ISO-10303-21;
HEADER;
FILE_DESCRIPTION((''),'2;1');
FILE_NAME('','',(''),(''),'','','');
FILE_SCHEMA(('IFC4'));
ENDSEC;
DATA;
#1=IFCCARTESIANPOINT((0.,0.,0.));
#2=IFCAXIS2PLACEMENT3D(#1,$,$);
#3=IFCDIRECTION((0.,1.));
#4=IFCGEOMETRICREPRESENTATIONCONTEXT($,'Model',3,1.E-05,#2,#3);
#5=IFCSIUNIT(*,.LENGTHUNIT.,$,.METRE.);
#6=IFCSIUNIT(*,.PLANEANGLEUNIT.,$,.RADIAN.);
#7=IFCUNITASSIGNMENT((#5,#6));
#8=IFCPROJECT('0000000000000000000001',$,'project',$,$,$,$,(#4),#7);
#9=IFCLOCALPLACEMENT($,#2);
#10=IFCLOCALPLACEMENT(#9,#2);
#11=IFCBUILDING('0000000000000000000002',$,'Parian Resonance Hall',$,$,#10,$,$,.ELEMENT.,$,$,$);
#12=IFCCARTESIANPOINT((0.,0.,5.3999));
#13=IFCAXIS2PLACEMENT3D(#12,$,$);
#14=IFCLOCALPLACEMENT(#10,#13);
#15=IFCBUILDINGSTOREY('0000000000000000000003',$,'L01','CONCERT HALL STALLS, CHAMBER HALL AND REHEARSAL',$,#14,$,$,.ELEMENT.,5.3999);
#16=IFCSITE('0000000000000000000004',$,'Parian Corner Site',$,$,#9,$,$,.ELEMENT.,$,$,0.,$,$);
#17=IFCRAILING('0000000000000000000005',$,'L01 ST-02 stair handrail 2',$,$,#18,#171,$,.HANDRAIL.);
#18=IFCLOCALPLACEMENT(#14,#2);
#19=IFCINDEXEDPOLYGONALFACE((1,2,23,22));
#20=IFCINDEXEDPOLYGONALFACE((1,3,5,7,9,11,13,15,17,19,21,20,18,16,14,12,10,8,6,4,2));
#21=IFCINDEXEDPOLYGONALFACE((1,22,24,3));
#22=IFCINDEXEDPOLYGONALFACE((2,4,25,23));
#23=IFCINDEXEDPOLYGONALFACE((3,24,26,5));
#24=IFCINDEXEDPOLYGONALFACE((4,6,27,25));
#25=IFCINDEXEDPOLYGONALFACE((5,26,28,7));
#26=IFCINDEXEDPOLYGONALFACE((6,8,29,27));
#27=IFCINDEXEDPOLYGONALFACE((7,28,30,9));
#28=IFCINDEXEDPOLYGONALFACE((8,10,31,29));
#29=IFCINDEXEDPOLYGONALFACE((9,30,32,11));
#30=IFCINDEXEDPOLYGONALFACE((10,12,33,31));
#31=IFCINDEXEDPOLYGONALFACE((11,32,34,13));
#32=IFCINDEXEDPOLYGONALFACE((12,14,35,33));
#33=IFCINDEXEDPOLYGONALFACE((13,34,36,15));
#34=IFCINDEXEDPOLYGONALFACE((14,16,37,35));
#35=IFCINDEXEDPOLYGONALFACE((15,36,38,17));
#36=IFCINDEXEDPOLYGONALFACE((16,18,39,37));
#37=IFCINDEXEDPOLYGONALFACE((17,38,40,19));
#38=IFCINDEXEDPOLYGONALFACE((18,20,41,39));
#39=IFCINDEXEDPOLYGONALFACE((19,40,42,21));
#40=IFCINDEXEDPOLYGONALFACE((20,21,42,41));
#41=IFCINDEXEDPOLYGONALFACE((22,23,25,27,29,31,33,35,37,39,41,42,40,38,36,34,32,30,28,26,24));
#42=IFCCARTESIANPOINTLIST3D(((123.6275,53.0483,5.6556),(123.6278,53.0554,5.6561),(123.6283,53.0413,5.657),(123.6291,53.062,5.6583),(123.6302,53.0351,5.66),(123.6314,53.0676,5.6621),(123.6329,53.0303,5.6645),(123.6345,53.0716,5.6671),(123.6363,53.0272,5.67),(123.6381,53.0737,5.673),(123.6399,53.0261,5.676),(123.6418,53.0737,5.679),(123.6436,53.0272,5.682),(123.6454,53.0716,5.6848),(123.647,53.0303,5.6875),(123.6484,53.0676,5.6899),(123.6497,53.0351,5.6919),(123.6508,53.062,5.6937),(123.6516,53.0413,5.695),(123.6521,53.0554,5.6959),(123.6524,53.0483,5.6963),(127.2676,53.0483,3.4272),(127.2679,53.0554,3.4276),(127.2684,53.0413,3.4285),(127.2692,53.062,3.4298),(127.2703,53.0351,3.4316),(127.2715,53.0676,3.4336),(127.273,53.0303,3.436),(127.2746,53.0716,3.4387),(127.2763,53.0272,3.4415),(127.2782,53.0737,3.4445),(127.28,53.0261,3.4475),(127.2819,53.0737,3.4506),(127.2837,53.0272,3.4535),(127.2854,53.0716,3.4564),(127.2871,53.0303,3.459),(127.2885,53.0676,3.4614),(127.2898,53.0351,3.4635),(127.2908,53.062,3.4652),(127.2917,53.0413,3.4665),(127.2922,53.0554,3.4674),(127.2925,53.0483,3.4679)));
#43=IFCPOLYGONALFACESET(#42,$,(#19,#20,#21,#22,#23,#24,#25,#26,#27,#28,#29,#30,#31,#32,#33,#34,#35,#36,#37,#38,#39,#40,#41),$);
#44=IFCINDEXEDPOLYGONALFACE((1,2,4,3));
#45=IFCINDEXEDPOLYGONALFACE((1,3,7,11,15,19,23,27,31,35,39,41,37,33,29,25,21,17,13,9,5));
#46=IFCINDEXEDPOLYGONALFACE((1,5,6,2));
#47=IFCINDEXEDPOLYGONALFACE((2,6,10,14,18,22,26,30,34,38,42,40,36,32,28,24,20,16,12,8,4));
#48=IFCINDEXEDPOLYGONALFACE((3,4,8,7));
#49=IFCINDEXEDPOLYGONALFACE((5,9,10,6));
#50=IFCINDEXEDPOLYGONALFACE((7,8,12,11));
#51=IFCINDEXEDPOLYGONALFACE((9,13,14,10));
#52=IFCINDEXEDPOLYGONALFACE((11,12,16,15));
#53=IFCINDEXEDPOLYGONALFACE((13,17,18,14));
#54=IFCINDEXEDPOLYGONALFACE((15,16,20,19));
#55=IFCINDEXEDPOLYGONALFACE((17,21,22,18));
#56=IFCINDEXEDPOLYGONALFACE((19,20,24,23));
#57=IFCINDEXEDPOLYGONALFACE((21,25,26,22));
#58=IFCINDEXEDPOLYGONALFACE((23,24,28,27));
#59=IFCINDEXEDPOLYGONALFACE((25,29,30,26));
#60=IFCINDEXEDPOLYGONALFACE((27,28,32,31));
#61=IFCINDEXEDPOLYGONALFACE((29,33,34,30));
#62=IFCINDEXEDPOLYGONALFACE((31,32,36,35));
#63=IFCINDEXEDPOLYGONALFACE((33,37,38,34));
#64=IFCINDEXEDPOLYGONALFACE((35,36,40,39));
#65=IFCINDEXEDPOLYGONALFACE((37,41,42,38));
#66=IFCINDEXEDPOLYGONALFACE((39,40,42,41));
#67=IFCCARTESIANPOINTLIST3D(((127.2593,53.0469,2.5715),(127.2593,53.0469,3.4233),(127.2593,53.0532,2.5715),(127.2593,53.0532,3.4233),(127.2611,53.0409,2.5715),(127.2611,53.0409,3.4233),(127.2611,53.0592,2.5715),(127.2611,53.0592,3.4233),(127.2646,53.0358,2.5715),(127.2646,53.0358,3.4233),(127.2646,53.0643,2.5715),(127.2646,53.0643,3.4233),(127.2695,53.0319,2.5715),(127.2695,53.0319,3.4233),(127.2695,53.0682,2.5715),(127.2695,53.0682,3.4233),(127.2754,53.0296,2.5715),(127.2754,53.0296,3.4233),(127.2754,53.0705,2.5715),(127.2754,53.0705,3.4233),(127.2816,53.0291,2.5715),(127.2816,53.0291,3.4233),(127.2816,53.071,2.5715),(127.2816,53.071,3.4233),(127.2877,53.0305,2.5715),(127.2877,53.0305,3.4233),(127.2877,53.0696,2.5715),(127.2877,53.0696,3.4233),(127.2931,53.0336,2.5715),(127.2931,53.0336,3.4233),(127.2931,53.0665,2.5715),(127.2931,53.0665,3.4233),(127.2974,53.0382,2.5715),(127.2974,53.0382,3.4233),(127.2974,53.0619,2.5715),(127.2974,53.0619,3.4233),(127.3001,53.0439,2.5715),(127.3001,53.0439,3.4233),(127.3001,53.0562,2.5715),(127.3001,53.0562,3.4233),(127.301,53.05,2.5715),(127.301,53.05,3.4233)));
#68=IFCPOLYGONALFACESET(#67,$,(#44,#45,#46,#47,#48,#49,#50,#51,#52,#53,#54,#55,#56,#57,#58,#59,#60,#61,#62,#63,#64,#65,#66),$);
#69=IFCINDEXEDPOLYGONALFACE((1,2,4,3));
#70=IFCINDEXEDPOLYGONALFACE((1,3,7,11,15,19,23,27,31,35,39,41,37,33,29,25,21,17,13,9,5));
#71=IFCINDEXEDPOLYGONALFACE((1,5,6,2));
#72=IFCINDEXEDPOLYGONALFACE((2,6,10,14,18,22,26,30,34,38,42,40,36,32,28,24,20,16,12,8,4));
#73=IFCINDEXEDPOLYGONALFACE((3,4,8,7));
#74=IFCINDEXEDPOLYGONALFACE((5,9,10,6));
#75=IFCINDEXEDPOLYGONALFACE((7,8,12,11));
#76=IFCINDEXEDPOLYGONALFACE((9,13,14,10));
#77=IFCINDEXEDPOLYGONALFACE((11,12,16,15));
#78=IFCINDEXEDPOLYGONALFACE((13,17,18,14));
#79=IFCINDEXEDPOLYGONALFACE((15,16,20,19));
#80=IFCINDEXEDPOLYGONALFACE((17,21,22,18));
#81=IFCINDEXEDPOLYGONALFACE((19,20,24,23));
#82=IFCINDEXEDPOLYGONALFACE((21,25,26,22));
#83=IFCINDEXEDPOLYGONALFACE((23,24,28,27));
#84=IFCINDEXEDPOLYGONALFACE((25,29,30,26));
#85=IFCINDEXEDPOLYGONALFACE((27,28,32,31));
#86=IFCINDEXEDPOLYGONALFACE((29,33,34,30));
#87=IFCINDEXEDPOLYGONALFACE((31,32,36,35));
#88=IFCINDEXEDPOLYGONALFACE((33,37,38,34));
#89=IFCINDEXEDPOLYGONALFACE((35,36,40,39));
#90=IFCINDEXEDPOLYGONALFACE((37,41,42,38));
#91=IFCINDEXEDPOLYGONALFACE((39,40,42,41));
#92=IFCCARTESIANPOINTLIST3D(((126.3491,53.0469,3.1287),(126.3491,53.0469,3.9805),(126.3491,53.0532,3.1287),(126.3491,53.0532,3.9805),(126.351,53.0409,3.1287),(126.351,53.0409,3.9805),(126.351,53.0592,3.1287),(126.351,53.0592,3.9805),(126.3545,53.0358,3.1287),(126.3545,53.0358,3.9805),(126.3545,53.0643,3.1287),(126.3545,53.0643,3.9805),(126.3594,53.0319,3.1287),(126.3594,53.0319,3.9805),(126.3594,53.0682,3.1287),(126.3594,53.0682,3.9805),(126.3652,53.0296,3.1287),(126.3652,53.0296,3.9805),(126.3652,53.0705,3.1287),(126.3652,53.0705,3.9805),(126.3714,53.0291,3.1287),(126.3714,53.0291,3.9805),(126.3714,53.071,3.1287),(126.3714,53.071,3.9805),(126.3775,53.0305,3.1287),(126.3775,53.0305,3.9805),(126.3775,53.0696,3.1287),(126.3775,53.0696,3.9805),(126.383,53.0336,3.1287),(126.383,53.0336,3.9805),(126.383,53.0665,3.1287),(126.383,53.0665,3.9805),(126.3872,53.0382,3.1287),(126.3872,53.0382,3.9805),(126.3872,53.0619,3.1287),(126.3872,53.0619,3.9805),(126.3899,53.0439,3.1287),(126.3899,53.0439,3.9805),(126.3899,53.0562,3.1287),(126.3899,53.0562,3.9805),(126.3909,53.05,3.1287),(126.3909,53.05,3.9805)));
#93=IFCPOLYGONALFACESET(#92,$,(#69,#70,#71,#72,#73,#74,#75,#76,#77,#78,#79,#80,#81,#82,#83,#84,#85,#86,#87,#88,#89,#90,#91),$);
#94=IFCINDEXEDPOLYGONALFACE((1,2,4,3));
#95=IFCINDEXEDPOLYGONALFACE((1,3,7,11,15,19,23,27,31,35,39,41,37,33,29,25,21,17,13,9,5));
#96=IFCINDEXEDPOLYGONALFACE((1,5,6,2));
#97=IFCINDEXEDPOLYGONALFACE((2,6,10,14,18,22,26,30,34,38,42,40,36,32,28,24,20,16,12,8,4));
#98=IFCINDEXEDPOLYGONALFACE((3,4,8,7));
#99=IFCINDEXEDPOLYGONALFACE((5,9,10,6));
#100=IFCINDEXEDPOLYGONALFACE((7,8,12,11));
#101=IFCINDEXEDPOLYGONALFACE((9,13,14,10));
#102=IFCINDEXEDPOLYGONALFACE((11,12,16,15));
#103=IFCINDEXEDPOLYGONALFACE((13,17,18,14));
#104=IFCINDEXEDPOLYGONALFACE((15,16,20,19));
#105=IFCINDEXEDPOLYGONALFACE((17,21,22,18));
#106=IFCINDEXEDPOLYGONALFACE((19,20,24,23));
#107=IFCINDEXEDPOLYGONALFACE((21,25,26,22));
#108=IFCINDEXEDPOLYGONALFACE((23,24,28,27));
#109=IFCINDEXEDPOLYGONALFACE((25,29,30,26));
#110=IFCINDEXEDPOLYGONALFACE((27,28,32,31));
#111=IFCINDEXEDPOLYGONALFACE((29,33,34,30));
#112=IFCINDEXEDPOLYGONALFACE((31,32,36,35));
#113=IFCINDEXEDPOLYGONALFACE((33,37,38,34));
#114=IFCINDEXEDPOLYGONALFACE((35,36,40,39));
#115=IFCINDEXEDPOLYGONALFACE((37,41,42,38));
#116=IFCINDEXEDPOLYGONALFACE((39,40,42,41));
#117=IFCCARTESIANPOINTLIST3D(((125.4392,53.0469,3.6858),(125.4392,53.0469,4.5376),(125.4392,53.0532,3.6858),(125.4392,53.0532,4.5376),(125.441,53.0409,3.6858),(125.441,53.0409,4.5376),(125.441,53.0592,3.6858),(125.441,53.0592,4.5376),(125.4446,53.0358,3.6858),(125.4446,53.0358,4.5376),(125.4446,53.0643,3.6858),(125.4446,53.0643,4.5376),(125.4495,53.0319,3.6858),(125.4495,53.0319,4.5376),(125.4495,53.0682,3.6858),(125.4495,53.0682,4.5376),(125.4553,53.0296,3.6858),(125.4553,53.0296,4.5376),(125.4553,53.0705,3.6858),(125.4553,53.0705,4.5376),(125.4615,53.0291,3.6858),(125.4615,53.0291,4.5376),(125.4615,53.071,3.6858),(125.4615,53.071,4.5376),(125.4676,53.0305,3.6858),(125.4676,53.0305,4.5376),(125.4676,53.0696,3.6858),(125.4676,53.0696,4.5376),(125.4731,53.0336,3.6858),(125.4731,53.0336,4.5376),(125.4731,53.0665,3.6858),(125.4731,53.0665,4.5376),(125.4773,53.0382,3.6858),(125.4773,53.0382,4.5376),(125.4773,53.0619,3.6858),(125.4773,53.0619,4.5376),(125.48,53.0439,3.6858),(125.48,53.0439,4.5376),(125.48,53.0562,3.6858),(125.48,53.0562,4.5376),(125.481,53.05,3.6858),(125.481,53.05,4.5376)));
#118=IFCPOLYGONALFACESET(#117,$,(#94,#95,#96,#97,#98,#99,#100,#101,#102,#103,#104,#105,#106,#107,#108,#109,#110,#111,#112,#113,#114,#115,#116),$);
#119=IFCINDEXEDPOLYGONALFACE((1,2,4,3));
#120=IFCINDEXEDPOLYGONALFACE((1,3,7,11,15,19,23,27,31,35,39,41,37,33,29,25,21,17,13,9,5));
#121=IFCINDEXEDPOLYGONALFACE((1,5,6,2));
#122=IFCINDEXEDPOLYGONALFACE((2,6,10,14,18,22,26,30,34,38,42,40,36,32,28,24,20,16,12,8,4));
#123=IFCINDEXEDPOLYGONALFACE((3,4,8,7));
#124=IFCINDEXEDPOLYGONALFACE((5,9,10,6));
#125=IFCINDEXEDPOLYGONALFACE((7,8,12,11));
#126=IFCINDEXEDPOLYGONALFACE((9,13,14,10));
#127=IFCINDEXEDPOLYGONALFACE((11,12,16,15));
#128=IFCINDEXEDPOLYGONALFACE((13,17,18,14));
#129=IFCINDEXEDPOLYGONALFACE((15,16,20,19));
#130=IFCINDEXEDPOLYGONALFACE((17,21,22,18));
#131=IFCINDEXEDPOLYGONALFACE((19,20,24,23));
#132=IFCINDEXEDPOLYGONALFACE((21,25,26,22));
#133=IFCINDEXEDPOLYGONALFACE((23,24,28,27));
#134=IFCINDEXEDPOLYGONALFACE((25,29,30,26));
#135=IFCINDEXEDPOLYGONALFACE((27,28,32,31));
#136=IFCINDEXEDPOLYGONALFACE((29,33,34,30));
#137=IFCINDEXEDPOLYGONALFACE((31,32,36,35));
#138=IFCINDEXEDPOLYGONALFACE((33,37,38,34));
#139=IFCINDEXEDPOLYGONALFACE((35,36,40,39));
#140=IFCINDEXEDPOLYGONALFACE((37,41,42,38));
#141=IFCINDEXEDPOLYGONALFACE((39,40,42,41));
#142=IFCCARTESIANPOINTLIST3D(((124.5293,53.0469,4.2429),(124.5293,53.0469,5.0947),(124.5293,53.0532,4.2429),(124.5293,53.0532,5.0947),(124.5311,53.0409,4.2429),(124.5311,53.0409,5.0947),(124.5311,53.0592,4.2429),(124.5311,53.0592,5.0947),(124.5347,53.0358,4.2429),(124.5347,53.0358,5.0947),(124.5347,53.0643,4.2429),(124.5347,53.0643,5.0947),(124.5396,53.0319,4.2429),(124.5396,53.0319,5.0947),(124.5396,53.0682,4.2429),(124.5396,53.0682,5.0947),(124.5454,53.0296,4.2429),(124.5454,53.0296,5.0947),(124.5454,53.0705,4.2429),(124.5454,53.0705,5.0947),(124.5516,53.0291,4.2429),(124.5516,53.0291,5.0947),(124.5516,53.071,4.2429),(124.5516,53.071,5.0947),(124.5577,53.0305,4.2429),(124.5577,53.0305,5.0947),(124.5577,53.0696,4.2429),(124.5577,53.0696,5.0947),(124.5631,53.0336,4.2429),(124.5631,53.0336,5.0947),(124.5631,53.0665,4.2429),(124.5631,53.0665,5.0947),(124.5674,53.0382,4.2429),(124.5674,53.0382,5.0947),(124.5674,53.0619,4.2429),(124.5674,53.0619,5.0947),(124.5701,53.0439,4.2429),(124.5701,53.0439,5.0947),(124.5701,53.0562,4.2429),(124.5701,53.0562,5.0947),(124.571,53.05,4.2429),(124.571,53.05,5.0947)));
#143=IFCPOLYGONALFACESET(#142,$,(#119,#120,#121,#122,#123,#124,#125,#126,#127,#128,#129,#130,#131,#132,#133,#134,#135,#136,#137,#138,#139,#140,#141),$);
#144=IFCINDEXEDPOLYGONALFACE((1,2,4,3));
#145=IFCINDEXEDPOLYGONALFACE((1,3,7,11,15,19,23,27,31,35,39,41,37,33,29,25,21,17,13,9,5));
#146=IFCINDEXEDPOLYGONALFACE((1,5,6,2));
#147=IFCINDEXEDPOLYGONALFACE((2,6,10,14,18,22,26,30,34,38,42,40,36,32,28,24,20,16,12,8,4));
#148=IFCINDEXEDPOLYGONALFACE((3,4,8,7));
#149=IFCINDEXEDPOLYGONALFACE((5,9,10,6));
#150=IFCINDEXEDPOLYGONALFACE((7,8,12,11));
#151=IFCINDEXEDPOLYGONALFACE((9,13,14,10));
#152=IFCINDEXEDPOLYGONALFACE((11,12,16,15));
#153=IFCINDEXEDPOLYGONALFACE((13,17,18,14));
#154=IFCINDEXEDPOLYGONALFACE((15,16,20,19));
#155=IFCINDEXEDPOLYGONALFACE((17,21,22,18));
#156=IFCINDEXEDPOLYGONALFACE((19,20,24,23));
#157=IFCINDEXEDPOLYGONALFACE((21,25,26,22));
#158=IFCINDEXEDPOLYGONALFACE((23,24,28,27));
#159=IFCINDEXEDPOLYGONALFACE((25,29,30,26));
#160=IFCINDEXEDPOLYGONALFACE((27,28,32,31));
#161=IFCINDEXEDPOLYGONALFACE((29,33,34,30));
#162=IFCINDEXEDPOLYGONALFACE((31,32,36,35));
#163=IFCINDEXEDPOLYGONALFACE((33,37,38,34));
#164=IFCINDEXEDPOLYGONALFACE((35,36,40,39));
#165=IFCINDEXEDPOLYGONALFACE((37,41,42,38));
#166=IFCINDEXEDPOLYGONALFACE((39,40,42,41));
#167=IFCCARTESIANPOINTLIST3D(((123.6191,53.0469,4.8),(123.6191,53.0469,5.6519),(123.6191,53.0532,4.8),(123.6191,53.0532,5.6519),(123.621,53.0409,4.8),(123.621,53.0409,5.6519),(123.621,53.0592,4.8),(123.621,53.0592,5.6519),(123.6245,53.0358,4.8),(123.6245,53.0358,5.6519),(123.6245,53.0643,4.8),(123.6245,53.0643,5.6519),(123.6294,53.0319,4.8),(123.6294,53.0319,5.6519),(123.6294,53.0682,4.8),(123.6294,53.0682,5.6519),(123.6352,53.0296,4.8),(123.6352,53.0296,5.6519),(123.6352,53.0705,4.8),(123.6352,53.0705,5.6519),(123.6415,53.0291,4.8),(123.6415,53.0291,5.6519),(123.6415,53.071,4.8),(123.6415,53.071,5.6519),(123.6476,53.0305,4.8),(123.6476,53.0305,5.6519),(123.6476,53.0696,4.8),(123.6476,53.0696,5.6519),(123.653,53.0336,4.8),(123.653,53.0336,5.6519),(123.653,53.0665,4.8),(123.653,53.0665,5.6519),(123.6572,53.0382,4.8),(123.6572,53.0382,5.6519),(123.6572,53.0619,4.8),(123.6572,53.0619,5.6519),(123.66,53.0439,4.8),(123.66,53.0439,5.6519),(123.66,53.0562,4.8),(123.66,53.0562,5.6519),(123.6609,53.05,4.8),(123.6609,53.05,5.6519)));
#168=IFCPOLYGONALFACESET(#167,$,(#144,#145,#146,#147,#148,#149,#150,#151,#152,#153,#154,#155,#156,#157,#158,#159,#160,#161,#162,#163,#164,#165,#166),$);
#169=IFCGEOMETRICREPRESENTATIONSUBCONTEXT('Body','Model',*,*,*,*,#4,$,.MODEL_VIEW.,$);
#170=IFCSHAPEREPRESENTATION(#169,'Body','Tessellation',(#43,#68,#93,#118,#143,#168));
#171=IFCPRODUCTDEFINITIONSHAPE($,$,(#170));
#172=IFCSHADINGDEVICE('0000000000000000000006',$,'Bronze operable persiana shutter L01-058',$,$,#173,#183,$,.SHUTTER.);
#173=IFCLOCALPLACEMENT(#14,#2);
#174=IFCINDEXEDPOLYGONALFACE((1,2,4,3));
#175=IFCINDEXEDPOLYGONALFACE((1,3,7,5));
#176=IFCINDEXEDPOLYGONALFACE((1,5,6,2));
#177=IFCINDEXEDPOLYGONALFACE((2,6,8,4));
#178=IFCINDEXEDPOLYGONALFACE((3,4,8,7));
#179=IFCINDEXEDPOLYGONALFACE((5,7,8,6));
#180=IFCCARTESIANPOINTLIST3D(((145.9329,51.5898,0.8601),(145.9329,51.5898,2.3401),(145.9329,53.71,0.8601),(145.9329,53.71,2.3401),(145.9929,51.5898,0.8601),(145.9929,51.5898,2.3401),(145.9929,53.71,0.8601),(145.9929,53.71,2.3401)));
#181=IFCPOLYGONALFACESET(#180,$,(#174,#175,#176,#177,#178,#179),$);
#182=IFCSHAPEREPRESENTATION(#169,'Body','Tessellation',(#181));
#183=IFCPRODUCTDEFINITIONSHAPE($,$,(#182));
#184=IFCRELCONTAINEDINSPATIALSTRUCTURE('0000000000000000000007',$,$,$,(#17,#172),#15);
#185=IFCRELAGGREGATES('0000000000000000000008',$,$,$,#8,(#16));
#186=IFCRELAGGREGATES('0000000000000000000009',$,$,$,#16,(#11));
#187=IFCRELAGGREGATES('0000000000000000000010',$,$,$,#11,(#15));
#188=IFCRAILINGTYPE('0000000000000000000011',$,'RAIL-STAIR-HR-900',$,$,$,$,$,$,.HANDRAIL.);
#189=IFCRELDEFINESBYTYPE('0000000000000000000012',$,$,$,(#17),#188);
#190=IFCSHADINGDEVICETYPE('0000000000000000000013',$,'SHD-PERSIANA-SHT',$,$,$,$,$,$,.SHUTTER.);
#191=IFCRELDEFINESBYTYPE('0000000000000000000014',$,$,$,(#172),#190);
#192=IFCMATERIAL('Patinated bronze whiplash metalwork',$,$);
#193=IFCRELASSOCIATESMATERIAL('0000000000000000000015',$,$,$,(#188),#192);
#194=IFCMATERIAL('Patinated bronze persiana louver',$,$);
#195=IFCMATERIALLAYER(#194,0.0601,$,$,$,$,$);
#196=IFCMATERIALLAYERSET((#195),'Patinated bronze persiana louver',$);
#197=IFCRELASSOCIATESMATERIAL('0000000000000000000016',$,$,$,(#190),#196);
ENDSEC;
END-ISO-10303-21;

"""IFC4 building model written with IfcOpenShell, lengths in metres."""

from ifc_helpers import new_model, si_unit, direction, frame, origin, origin_2d, place, context, subcontext, project, spatial, rectangle, circle, extrude, material, layer, layer_set, type_object, element, save


model = new_model("IFC4")

# Units and contexts
model_context = context("Model", 3, precision=1e-05, world=origin(), true_north=direction((0.0, 1.0)))
body_context = subcontext(model_context, "Body", "Model", "MODEL_VIEW")
ifc_project = project(units=[si_unit("LENGTHUNIT", "METRE"), si_unit("PLANEANGLEUNIT", "RADIAN")], contexts=[model_context])

# Site, building, storey
site_placement = place(None, origin())
site = spatial("IfcSite", under=ifc_project, at=site_placement, Name="Parian Corner Site", CompositionType="ELEMENT", RefElevation=0.0)
building_placement = place(site_placement, origin())
building = spatial("IfcBuilding", under=site, at=building_placement, Name="Parian Resonance Hall", CompositionType="ELEMENT")
storey_placement = place(building_placement, frame((0.0, 0.0, 5.3999)))
storey = spatial("IfcBuildingStorey", under=building, at=storey_placement, Name="L01", Description="CONCERT HALL STALLS, CHAMBER HALL AND REHEARSAL", CompositionType="ELEMENT", Elevation=5.3999)

# Railing
ifc_material_1 = material(Name="Patinated bronze whiplash metalwork")
railing_type_1 = type_object("IfcRailingType", Name="RAIL-STAIR-HR-900", PredefinedType="HANDRAIL", material=ifc_material_1)
railing_1_placement = place(storey_placement, frame((127.28, 53.05, 2.5715)))
element("IfcRailing", 1, at=railing_1_placement, inside=storey, type_object=railing_type_1, Name="L01 ST-02 stair handrail 2", PredefinedType="HANDRAIL", context=body_context, shape_type="SweptSolid", body=[
    extrude(circle(Radius=0.0239, at=origin_2d()), frame((0.0, 0.0, 0.876), z_axis=(-0.852866, 0.0, 0.52213), x_axis=(0.0, -1.0, 0.0)), (0.0, 0.0, 1.0), 4.2681),
    extrude(circle(Radius=0.021, at=origin_2d()), origin(), (0.0, 0.0, 1.0), 0.8518),
    extrude(circle(Radius=0.021, at=origin_2d()), frame((-0.9102, 0.0, 0.5571)), (0.0, 0.0, 1.0), 0.8518),
    extrude(circle(Radius=0.021, at=origin_2d()), frame((-1.8201, 0.0, 1.1143)), (0.0, 0.0, 1.0), 0.8518),
    extrude(circle(Radius=0.021, at=origin_2d()), frame((-2.73, 0.0, 1.6714)), (0.0, 0.0, 1.0), 0.8518),
    extrude(circle(Radius=0.021, at=origin_2d()), frame((-3.6401, 0.0, 2.2285)), (0.0, 0.0, 1.0), 0.8518),
])

# Shading device
ifc_material_2 = material(Name="Patinated bronze persiana louver")
ifc_layer_1 = layer(ifc_material_2, 0.0601)
ifc_layer_set_1 = layer_set([ifc_layer_1], Name="Patinated bronze persiana louver")
shading_device_type = type_object("IfcShadingDeviceType", Name="SHD-PERSIANA-SHT", PredefinedType="SHUTTER", material=ifc_layer_set_1)
shading_device_placement = place(storey_placement, frame((145.9629, 52.6499, 0.8601), z_axis=(0.0, 0.0, 1.0), x_axis=(0.0, -1.0, 0.0)))
element("IfcShadingDevice", 2, at=shading_device_placement, inside=storey, type_object=shading_device_type, Name="Bronze operable persiana shutter L01-058", PredefinedType="SHUTTER", context=body_context, shape_type="SweptSolid", body=[
    extrude(rectangle(XDim=2.1201, YDim=0.0601, at=origin_2d()), origin(), (0.0, 0.0, 1.0), 1.48),
])

save(model, "model.ifc")
